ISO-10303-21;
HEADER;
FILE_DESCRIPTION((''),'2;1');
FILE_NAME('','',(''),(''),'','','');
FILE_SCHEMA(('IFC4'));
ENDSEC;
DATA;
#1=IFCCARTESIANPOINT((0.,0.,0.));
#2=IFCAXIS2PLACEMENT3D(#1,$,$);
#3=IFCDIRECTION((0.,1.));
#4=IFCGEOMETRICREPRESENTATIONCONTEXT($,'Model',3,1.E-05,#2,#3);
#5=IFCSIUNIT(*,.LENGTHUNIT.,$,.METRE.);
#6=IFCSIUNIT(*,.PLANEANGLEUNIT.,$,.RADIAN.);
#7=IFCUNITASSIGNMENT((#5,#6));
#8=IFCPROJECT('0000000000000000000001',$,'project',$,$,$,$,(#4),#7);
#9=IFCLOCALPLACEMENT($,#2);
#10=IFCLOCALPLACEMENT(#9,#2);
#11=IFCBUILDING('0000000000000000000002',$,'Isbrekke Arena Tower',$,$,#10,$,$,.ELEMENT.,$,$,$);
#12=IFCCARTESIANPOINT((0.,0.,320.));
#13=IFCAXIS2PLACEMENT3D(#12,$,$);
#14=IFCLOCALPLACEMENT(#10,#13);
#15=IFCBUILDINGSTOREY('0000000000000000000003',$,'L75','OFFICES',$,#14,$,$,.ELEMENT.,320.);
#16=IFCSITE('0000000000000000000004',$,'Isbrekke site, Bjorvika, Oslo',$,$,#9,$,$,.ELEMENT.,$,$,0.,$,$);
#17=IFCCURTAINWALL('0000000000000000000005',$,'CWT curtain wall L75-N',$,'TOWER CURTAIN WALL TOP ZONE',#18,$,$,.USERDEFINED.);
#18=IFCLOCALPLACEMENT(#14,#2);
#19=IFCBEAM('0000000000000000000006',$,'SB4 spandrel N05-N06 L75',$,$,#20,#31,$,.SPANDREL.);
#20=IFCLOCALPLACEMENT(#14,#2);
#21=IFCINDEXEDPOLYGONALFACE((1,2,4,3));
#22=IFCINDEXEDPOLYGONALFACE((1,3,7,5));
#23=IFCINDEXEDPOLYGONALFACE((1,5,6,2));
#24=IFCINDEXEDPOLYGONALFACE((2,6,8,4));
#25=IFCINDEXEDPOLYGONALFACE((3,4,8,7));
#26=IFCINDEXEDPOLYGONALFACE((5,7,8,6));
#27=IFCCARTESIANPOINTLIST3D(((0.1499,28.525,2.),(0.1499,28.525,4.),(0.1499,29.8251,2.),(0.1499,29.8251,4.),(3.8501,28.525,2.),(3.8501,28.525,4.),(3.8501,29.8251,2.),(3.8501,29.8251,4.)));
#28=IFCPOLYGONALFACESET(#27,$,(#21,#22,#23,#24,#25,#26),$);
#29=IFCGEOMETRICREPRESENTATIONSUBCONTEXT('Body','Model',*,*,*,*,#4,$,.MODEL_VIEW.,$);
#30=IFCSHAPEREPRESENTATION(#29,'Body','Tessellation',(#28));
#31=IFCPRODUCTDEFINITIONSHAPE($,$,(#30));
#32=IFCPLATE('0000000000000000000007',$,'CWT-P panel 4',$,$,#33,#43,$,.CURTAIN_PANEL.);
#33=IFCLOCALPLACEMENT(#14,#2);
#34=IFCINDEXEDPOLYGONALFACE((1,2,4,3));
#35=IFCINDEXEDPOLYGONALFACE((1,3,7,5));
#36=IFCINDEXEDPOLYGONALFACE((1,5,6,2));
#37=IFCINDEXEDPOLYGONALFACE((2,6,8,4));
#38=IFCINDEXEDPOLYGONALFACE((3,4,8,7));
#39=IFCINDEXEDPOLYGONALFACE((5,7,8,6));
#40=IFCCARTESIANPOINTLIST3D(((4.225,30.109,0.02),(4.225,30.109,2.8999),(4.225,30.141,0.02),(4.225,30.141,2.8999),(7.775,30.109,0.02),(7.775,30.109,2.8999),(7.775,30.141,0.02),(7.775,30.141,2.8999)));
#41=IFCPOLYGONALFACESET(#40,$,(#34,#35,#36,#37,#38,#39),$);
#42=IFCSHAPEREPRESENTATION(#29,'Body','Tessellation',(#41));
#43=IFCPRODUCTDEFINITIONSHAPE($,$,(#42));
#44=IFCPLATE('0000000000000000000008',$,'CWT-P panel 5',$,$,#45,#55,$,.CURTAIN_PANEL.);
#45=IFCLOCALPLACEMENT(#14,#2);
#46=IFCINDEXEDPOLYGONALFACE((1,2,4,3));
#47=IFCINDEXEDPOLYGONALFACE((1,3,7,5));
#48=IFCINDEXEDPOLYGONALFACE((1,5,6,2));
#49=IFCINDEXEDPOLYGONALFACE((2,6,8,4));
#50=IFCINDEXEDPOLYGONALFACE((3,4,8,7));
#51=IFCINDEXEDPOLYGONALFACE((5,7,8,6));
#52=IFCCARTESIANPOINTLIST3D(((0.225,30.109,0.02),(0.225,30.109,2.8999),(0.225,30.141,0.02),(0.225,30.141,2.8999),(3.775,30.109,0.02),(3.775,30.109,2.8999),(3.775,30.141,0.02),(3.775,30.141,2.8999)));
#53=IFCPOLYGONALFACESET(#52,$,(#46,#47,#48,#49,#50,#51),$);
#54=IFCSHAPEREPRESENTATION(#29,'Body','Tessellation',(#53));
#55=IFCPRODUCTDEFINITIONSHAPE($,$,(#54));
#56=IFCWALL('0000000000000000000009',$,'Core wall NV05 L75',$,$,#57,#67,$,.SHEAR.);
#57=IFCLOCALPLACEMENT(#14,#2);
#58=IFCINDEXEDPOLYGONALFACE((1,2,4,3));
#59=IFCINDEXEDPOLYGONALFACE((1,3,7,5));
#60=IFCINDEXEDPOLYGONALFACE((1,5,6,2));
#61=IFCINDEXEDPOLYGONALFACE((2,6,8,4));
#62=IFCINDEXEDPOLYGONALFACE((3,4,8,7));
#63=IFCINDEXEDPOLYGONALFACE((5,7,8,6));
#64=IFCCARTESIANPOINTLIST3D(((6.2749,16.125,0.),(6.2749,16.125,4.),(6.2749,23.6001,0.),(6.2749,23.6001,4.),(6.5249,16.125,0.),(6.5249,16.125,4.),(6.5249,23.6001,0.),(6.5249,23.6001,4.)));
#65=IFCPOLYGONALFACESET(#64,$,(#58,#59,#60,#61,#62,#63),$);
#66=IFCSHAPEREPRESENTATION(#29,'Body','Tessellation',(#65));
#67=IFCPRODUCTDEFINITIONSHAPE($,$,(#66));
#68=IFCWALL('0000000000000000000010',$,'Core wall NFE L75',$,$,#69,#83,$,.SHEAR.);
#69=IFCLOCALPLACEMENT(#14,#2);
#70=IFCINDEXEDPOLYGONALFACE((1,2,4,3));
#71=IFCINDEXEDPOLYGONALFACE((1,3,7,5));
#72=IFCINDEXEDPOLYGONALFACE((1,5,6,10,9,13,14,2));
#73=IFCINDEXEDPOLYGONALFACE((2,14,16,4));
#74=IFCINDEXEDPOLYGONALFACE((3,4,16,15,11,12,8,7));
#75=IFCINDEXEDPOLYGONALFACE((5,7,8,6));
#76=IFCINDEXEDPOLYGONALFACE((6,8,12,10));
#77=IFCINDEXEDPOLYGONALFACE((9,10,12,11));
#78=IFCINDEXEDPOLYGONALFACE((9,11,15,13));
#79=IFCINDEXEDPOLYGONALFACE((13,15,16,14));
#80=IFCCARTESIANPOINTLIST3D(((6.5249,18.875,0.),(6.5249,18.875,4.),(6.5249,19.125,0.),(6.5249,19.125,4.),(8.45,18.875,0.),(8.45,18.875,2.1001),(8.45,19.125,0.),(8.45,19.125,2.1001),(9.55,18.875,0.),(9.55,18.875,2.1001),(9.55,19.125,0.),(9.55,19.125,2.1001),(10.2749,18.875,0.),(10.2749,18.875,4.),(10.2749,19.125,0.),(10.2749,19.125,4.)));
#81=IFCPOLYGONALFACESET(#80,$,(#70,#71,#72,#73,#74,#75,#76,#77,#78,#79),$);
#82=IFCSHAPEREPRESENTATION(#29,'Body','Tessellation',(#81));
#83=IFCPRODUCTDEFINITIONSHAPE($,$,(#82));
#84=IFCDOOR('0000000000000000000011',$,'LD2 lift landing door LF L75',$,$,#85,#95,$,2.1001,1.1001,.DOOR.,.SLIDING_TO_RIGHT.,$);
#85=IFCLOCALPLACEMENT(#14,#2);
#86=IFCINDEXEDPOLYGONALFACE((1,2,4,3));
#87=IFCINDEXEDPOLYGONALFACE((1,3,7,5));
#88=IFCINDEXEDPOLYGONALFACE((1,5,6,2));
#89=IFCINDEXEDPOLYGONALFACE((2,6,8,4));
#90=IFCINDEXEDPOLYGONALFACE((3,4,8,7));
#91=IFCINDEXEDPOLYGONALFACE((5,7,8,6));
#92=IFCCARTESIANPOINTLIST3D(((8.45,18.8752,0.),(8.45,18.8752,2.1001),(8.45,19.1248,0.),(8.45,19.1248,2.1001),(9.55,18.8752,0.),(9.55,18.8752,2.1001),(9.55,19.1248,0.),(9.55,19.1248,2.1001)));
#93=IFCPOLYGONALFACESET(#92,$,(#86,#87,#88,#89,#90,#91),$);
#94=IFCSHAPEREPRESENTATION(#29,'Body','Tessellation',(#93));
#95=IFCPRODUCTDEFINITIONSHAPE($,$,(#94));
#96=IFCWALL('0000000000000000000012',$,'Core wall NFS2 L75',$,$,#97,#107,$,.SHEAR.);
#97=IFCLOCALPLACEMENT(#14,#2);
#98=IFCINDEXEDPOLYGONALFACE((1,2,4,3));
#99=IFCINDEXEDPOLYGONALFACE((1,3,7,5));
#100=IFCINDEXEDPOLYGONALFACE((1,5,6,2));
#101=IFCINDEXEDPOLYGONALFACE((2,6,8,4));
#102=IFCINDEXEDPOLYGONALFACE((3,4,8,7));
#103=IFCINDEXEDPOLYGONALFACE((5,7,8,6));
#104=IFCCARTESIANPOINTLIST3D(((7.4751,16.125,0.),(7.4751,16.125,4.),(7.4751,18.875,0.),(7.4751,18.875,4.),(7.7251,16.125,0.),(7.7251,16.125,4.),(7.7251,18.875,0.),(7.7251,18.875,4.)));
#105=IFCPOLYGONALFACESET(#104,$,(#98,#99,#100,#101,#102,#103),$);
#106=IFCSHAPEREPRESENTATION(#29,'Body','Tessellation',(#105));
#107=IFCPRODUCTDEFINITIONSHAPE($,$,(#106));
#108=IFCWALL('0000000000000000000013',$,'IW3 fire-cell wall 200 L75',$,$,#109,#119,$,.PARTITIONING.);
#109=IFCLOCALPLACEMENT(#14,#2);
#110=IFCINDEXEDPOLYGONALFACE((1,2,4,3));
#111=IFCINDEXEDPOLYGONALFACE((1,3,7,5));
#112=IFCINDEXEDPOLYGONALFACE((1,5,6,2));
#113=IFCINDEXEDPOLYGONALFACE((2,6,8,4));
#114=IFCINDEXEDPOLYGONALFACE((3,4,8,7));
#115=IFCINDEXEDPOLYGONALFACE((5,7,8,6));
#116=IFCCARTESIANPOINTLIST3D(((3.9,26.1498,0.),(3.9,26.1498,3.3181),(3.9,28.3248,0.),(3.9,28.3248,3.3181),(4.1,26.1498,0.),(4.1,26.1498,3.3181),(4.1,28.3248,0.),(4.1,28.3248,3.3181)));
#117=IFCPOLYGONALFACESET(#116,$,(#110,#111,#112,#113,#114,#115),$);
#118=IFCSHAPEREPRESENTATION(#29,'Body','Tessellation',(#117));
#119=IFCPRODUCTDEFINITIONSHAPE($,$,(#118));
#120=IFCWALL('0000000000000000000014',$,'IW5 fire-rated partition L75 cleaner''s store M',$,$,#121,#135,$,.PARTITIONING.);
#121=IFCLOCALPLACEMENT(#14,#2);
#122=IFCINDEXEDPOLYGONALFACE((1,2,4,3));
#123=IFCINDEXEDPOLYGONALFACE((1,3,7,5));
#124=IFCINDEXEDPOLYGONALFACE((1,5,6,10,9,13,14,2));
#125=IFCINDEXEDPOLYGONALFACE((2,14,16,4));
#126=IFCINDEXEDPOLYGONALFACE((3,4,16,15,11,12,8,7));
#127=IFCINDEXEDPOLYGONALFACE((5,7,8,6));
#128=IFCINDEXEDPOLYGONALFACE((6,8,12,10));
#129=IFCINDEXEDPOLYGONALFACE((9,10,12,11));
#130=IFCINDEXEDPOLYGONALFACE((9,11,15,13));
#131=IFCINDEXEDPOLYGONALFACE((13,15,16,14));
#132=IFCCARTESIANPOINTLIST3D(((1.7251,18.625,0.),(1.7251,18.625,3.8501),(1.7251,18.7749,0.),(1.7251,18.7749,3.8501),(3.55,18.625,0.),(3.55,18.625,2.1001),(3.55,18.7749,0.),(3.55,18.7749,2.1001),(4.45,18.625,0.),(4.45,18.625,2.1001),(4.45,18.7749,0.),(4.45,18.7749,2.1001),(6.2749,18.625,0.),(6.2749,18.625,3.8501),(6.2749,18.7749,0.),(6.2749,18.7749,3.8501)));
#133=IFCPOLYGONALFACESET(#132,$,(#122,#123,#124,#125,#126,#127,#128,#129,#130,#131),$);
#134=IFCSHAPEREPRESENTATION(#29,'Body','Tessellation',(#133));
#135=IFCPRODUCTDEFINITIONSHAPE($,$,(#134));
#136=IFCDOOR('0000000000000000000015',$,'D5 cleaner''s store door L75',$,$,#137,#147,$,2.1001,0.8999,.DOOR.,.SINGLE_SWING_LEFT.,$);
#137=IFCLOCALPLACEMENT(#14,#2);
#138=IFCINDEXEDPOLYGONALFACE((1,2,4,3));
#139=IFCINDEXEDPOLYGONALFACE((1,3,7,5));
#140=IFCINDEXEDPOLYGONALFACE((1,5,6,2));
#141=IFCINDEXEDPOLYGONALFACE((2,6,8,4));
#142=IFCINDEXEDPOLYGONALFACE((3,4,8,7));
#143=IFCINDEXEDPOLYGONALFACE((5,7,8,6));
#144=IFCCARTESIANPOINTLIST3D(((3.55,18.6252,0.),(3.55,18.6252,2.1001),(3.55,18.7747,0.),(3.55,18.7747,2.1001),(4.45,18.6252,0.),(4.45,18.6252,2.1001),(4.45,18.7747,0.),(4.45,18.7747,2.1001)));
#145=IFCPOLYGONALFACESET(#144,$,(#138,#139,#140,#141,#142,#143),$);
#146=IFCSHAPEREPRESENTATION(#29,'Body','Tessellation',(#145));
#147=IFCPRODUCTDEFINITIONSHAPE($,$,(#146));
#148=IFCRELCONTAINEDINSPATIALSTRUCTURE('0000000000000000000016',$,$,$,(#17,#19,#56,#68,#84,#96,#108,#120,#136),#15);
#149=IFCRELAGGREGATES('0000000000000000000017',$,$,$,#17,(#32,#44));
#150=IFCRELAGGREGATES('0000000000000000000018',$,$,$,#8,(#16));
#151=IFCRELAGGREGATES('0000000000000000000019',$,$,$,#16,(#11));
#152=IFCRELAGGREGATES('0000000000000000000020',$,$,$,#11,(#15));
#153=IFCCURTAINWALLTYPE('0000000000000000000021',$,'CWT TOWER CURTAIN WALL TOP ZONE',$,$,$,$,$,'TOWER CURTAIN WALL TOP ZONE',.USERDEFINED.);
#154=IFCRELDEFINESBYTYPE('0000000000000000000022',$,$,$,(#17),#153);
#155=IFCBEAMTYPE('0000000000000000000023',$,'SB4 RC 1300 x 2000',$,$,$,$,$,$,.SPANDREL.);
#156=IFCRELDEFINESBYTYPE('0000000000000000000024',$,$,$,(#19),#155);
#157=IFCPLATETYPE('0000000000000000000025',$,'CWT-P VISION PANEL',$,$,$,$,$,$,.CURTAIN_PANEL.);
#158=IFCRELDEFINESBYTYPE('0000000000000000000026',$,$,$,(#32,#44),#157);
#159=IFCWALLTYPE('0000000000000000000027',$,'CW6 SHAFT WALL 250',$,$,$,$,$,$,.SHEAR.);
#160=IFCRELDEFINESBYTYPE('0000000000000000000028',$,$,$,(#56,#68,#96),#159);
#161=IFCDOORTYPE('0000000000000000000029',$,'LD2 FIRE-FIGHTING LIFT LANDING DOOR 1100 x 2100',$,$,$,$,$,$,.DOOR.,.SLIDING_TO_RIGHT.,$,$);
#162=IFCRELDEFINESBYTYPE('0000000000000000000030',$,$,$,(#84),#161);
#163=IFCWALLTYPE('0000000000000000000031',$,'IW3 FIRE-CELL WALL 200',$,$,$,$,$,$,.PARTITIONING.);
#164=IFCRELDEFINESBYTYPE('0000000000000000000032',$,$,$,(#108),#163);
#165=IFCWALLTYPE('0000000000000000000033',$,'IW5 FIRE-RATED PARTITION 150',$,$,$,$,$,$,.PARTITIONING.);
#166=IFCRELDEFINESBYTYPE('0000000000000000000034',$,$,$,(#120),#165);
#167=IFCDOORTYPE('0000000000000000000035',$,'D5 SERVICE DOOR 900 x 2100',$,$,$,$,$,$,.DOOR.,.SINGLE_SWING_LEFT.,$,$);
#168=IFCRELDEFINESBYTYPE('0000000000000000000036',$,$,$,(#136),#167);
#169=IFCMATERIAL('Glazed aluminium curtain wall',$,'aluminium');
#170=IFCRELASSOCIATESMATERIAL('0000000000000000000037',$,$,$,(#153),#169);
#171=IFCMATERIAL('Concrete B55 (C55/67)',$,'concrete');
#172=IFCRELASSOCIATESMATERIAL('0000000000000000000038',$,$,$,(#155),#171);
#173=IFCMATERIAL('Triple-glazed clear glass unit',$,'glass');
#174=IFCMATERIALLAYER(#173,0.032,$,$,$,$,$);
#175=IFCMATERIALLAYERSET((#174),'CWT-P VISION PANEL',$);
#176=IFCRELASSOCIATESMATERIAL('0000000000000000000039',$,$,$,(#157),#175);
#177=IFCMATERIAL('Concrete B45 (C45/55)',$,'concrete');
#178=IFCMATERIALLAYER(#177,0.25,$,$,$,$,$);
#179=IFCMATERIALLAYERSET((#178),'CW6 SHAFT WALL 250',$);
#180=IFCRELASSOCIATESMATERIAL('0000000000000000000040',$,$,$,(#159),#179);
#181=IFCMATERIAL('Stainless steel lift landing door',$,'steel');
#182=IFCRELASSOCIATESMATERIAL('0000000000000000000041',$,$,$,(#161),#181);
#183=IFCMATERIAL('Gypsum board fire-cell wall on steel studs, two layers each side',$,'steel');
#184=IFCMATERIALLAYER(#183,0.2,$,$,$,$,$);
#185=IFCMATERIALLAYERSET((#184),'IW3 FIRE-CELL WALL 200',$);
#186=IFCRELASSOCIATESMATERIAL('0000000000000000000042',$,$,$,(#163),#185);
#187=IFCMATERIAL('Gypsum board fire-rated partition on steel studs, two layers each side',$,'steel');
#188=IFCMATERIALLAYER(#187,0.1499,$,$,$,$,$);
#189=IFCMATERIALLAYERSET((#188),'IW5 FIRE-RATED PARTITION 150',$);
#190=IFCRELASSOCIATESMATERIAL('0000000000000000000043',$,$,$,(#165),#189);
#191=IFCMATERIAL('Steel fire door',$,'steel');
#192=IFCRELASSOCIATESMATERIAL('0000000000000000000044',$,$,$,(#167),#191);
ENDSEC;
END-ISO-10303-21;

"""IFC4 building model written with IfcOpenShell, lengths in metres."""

from ifc_helpers import new_model, si_unit, direction, frame, frame_2d, origin, origin_2d, place, context, subcontext, project, spatial, rectangle, extrude, material, layer, layer_set, material_profile, profile_set, type_object, element, fill, aggregate, save


model = new_model("IFC4")

# Units and contexts
model_context = context("Model", 3, precision=1e-05, world=origin(), true_north=direction((0.0, 1.0)))
body_context = subcontext(model_context, "Body", "Model", "MODEL_VIEW")
ifc_project = project(units=[si_unit("LENGTHUNIT", "METRE"), si_unit("PLANEANGLEUNIT", "RADIAN")], contexts=[model_context])

# Site, building, storey
site_placement = place(None, origin())
site = spatial("IfcSite", under=ifc_project, at=site_placement, Name="Isbrekke site, Bjorvika, Oslo", CompositionType="ELEMENT", RefElevation=0.0)
building_placement = place(site_placement, origin())
building = spatial("IfcBuilding", under=site, at=building_placement, Name="Isbrekke Arena Tower", CompositionType="ELEMENT")
storey_placement = place(building_placement, frame((0.0, 0.0, 320.0)))
storey = spatial("IfcBuildingStorey", under=building, at=storey_placement, Name="L75", Description="OFFICES", CompositionType="ELEMENT", Elevation=320.0)

# Curtain wall
ifc_material_1 = material(Name="Glazed aluminium curtain wall", Category="aluminium")
curtain_wall_type = type_object("IfcCurtainWallType", Name="CWT TOWER CURTAIN WALL TOP ZONE", ElementType="TOWER CURTAIN WALL TOP ZONE", PredefinedType="USERDEFINED", material=ifc_material_1)
curtain_wall_placement = place(storey_placement, origin())
curtain_wall = element("IfcCurtainWall", 1, at=curtain_wall_placement, inside=storey, type_object=curtain_wall_type, Name="CWT curtain wall L75-N", ObjectType="TOWER CURTAIN WALL TOP ZONE", PredefinedType="USERDEFINED")

# Beam
ifc_material_2 = material(Name="Concrete B55 (C55/67)", Category="concrete")
ifc_material_profile_1 = material_profile(ifc_material_2, rectangle(XDim=1.3, YDim=2.0, at=origin_2d()), Name="RC 1300x2000")
ifc_profile_set_1 = profile_set([ifc_material_profile_1], Name="Concrete B55 (C55/67)")
beam_type_1 = type_object("IfcBeamType", Name="SB4 RC 1300 x 2000", PredefinedType="SPANDREL", material=ifc_profile_set_1)
for number, where, z_axis, x_axis, name in (
    (2, (3.8501, 29.175, 3.0), (-1.0, 0.0, 0.0), (0.0, -1.0, 0.0), "SB4 spandrel N05-N06 L75"),
):
    element("IfcBeam", number, at=place(storey_placement, frame(where, z_axis=z_axis, x_axis=x_axis)), inside=storey, type_object=beam_type_1, Name=name, PredefinedType="SPANDREL", context=body_context, shape_type="SweptSolid", body=[
        extrude(rectangle(XDim=1.3, YDim=2.0, at=origin_2d()), origin(), (0.0, 0.0, 1.0), 3.7002),
    ])

# Plates
ifc_material_3 = material(Name="Triple-glazed clear glass unit", Category="glass")
ifc_layer_1 = layer(ifc_material_3, 0.032)
ifc_layer_set_1 = layer_set([ifc_layer_1], Name="CWT-P VISION PANEL")
plate_type = type_object("IfcPlateType", Name="CWT-P VISION PANEL", PredefinedType="CURTAIN_PANEL", material=ifc_layer_set_1)
plate_1_placement = place(storey_placement, frame((6.0, 30.125, 0.02), z_axis=(0.0, 0.0, 1.0), x_axis=(-1.0, 0.0, 0.0)))
plate_1 = element("IfcPlate", 3, at=plate_1_placement, type_object=plate_type, Name="CWT-P panel 4", PredefinedType="CURTAIN_PANEL", context=body_context, shape_type="SweptSolid", body=[
    extrude(rectangle(XDim=3.55, YDim=0.032, at=origin_2d()), origin(), (0.0, 0.0, 1.0), 2.8799),
])
plate_2_placement = place(storey_placement, frame((2.0, 30.125, 0.02), z_axis=(0.0, 0.0, 1.0), x_axis=(-1.0, 0.0, 0.0)))
plate_2 = element("IfcPlate", 4, at=plate_2_placement, type_object=plate_type, Name="CWT-P panel 5", PredefinedType="CURTAIN_PANEL", context=body_context, shape_type="SweptSolid", body=[
    extrude(rectangle(XDim=3.55, YDim=0.032, at=origin_2d()), origin(), (0.0, 0.0, 1.0), 2.8799),
])
aggregate(curtain_wall, [plate_1, plate_2])

# Wall
ifc_material_4 = material(Name="Concrete B45 (C45/55)", Category="concrete")
ifc_layer_2 = layer(ifc_material_4, 0.25)
ifc_layer_set_2 = layer_set([ifc_layer_2], Name="CW6 SHAFT WALL 250")
wall_type_1 = type_object("IfcWallType", Name="CW6 SHAFT WALL 250", PredefinedType="SHEAR", material=ifc_layer_set_2)
wall_1_placement = place(storey_placement, frame((6.3999, 16.125, 0.0), z_axis=(0.0, 0.0, 1.0), x_axis=(0.0, 1.0, 0.0)))
element("IfcWall", 5, at=wall_1_placement, inside=storey, type_object=wall_type_1, Name="Core wall NV05 L75", PredefinedType="SHEAR", context=body_context, shape_type="SweptSolid", body=[
    extrude(rectangle(XDim=7.4751, YDim=0.25, at=frame_2d((3.7375, 0.0))), origin(), (0.0, 0.0, 1.0), 4.0),
])

# Wall, opening, door
wall_2_placement = place(storey_placement, frame((6.5249, 19.0, 0.0), z_axis=(0.0, 0.0, 1.0), x_axis=(1.0, 0.0, 0.0)))
wall_2 = element("IfcWall", 6, at=wall_2_placement, inside=storey, type_object=wall_type_1, Name="Core wall NFE L75", PredefinedType="SHEAR", context=body_context, shape_type="SweptSolid", body=[
    extrude(rectangle(XDim=3.75, YDim=0.25, at=frame_2d((1.875, 0.0))), origin(), (0.0, 0.0, 1.0), 4.0),
])
opening_1_placement = place(wall_2_placement, frame((1.925, 0.0, 0.0)))
opening_1 = element("IfcOpeningElement", 7, at=opening_1_placement, cuts=wall_2, PredefinedType="OPENING", context=body_context, shape_type="SweptSolid", body=[
    extrude(rectangle(XDim=1.1001, YDim=2.1001, at=frame_2d((0.55, 1.05))), frame((0.0, 0.1399, 0.0), z_axis=(0.0, -1.0, 0.0), x_axis=(1.0, 0.0, 0.0)), (0.0, 0.0, 1.0), 0.2798),
])
ifc_material_5 = material(Name="Stainless steel lift landing door", Category="steel")
door_type_1 = type_object("IfcDoorType", Name="LD2 FIRE-FIGHTING LIFT LANDING DOOR 1100 x 2100", OperationType="SLIDING_TO_RIGHT", PredefinedType="DOOR", material=ifc_material_5)
door_1_placement = place(opening_1_placement, origin())
door_1 = element("IfcDoor", 8, at=door_1_placement, inside=storey, type_object=door_type_1, Name="LD2 lift landing door LF L75", OperationType="SLIDING_TO_RIGHT", OverallHeight=2.1001, OverallWidth=1.1001, PredefinedType="DOOR", context=body_context, shape_type="SweptSolid", body=[
    extrude(rectangle(XDim=1.1001, YDim=2.1001, at=frame_2d((0.55, 1.05))), frame((0.0, 0.1248, 0.0), z_axis=(0.0, -1.0, 0.0), x_axis=(1.0, 0.0, 0.0)), (0.0, 0.0, 1.0), 0.2495),
])
fill(opening_1, door_1)

# Walls
wall_3_placement = place(storey_placement, frame((7.6001, 16.125, 0.0), z_axis=(0.0, 0.0, 1.0), x_axis=(0.0, 1.0, 0.0)))
element("IfcWall", 9, at=wall_3_placement, inside=storey, type_object=wall_type_1, Name="Core wall NFS2 L75", PredefinedType="SHEAR", context=body_context, shape_type="SweptSolid", body=[
    extrude(rectangle(XDim=2.75, YDim=0.25, at=frame_2d((1.375, 0.0))), origin(), (0.0, 0.0, 1.0), 4.0),
])
ifc_material_6 = material(Name="Gypsum board fire-cell wall on steel studs, two layers each side", Category="steel")
ifc_layer_3 = layer(ifc_material_6, 0.2)
ifc_layer_set_3 = layer_set([ifc_layer_3], Name="IW3 FIRE-CELL WALL 200")
wall_type_2 = type_object("IfcWallType", Name="IW3 FIRE-CELL WALL 200", PredefinedType="PARTITIONING", material=ifc_layer_set_3)
wall_4_placement = place(storey_placement, frame((4.0, 26.1499, 0.0), z_axis=(0.0, 0.0, 1.0), x_axis=(0.0, 1.0, 0.0)))
element("IfcWall", 10, at=wall_4_placement, inside=storey, type_object=wall_type_2, Name="IW3 fire-cell wall 200 L75", PredefinedType="PARTITIONING", context=body_context, shape_type="SweptSolid", body=[
    extrude(rectangle(XDim=2.175, YDim=0.2, at=frame_2d((1.0874, 0.0))), origin(), (0.0, 0.0, 1.0), 3.3181),
])

# Wall, opening, door
ifc_material_7 = material(Name="Gypsum board fire-rated partition on steel studs, two layers each side", Category="steel")
ifc_layer_4 = layer(ifc_material_7, 0.1499)
ifc_layer_set_4 = layer_set([ifc_layer_4], Name="IW5 FIRE-RATED PARTITION 150")
wall_type_3 = type_object("IfcWallType", Name="IW5 FIRE-RATED PARTITION 150", PredefinedType="PARTITIONING", material=ifc_layer_set_4)
wall_5_placement = place(storey_placement, frame((1.7251, 18.7, 0.0), z_axis=(0.0, 0.0, 1.0), x_axis=(1.0, 0.0, 0.0)))
wall_5 = element("IfcWall", 11, at=wall_5_placement, inside=storey, type_object=wall_type_3, Name="IW5 fire-rated partition L75 cleaner's store M", PredefinedType="PARTITIONING", context=body_context, shape_type="SweptSolid", body=[
    extrude(rectangle(XDim=4.5498, YDim=0.1499, at=frame_2d((2.2749, 0.0))), origin(), (0.0, 0.0, 1.0), 3.8501),
])
opening_2_placement = place(wall_5_placement, frame((1.825, 0.0, 0.0)))
opening_2 = element("IfcOpeningElement", 12, at=opening_2_placement, cuts=wall_5, PredefinedType="OPENING", context=body_context, shape_type="SweptSolid", body=[
    extrude(rectangle(XDim=0.8999, YDim=2.1001, at=frame_2d((0.45, 1.05))), frame((0.0, 0.0898, 0.0), z_axis=(0.0, -1.0, 0.0), x_axis=(1.0, 0.0, 0.0)), (0.0, 0.0, 1.0), 0.1797),
])
ifc_material_8 = material(Name="Steel fire door", Category="steel")
door_type_2 = type_object("IfcDoorType", Name="D5 SERVICE DOOR 900 x 2100", OperationType="SINGLE_SWING_LEFT", PredefinedType="DOOR", material=ifc_material_8)
door_2_placement = place(opening_2_placement, origin())
door_2 = element("IfcDoor", 13, at=door_2_placement, inside=storey, type_object=door_type_2, Name="D5 cleaner's store door L75", OperationType="SINGLE_SWING_LEFT", OverallHeight=2.1001, OverallWidth=0.8999, PredefinedType="DOOR", context=body_context, shape_type="SweptSolid", body=[
    extrude(rectangle(XDim=0.8999, YDim=2.1001, at=frame_2d((0.45, 1.05))), frame((0.0, 0.0747, 0.0), z_axis=(0.0, -1.0, 0.0), x_axis=(1.0, 0.0, 0.0)), (0.0, 0.0, 1.0), 0.1494),
])
fill(opening_2, door_2)

save(model, "model.ifc")
